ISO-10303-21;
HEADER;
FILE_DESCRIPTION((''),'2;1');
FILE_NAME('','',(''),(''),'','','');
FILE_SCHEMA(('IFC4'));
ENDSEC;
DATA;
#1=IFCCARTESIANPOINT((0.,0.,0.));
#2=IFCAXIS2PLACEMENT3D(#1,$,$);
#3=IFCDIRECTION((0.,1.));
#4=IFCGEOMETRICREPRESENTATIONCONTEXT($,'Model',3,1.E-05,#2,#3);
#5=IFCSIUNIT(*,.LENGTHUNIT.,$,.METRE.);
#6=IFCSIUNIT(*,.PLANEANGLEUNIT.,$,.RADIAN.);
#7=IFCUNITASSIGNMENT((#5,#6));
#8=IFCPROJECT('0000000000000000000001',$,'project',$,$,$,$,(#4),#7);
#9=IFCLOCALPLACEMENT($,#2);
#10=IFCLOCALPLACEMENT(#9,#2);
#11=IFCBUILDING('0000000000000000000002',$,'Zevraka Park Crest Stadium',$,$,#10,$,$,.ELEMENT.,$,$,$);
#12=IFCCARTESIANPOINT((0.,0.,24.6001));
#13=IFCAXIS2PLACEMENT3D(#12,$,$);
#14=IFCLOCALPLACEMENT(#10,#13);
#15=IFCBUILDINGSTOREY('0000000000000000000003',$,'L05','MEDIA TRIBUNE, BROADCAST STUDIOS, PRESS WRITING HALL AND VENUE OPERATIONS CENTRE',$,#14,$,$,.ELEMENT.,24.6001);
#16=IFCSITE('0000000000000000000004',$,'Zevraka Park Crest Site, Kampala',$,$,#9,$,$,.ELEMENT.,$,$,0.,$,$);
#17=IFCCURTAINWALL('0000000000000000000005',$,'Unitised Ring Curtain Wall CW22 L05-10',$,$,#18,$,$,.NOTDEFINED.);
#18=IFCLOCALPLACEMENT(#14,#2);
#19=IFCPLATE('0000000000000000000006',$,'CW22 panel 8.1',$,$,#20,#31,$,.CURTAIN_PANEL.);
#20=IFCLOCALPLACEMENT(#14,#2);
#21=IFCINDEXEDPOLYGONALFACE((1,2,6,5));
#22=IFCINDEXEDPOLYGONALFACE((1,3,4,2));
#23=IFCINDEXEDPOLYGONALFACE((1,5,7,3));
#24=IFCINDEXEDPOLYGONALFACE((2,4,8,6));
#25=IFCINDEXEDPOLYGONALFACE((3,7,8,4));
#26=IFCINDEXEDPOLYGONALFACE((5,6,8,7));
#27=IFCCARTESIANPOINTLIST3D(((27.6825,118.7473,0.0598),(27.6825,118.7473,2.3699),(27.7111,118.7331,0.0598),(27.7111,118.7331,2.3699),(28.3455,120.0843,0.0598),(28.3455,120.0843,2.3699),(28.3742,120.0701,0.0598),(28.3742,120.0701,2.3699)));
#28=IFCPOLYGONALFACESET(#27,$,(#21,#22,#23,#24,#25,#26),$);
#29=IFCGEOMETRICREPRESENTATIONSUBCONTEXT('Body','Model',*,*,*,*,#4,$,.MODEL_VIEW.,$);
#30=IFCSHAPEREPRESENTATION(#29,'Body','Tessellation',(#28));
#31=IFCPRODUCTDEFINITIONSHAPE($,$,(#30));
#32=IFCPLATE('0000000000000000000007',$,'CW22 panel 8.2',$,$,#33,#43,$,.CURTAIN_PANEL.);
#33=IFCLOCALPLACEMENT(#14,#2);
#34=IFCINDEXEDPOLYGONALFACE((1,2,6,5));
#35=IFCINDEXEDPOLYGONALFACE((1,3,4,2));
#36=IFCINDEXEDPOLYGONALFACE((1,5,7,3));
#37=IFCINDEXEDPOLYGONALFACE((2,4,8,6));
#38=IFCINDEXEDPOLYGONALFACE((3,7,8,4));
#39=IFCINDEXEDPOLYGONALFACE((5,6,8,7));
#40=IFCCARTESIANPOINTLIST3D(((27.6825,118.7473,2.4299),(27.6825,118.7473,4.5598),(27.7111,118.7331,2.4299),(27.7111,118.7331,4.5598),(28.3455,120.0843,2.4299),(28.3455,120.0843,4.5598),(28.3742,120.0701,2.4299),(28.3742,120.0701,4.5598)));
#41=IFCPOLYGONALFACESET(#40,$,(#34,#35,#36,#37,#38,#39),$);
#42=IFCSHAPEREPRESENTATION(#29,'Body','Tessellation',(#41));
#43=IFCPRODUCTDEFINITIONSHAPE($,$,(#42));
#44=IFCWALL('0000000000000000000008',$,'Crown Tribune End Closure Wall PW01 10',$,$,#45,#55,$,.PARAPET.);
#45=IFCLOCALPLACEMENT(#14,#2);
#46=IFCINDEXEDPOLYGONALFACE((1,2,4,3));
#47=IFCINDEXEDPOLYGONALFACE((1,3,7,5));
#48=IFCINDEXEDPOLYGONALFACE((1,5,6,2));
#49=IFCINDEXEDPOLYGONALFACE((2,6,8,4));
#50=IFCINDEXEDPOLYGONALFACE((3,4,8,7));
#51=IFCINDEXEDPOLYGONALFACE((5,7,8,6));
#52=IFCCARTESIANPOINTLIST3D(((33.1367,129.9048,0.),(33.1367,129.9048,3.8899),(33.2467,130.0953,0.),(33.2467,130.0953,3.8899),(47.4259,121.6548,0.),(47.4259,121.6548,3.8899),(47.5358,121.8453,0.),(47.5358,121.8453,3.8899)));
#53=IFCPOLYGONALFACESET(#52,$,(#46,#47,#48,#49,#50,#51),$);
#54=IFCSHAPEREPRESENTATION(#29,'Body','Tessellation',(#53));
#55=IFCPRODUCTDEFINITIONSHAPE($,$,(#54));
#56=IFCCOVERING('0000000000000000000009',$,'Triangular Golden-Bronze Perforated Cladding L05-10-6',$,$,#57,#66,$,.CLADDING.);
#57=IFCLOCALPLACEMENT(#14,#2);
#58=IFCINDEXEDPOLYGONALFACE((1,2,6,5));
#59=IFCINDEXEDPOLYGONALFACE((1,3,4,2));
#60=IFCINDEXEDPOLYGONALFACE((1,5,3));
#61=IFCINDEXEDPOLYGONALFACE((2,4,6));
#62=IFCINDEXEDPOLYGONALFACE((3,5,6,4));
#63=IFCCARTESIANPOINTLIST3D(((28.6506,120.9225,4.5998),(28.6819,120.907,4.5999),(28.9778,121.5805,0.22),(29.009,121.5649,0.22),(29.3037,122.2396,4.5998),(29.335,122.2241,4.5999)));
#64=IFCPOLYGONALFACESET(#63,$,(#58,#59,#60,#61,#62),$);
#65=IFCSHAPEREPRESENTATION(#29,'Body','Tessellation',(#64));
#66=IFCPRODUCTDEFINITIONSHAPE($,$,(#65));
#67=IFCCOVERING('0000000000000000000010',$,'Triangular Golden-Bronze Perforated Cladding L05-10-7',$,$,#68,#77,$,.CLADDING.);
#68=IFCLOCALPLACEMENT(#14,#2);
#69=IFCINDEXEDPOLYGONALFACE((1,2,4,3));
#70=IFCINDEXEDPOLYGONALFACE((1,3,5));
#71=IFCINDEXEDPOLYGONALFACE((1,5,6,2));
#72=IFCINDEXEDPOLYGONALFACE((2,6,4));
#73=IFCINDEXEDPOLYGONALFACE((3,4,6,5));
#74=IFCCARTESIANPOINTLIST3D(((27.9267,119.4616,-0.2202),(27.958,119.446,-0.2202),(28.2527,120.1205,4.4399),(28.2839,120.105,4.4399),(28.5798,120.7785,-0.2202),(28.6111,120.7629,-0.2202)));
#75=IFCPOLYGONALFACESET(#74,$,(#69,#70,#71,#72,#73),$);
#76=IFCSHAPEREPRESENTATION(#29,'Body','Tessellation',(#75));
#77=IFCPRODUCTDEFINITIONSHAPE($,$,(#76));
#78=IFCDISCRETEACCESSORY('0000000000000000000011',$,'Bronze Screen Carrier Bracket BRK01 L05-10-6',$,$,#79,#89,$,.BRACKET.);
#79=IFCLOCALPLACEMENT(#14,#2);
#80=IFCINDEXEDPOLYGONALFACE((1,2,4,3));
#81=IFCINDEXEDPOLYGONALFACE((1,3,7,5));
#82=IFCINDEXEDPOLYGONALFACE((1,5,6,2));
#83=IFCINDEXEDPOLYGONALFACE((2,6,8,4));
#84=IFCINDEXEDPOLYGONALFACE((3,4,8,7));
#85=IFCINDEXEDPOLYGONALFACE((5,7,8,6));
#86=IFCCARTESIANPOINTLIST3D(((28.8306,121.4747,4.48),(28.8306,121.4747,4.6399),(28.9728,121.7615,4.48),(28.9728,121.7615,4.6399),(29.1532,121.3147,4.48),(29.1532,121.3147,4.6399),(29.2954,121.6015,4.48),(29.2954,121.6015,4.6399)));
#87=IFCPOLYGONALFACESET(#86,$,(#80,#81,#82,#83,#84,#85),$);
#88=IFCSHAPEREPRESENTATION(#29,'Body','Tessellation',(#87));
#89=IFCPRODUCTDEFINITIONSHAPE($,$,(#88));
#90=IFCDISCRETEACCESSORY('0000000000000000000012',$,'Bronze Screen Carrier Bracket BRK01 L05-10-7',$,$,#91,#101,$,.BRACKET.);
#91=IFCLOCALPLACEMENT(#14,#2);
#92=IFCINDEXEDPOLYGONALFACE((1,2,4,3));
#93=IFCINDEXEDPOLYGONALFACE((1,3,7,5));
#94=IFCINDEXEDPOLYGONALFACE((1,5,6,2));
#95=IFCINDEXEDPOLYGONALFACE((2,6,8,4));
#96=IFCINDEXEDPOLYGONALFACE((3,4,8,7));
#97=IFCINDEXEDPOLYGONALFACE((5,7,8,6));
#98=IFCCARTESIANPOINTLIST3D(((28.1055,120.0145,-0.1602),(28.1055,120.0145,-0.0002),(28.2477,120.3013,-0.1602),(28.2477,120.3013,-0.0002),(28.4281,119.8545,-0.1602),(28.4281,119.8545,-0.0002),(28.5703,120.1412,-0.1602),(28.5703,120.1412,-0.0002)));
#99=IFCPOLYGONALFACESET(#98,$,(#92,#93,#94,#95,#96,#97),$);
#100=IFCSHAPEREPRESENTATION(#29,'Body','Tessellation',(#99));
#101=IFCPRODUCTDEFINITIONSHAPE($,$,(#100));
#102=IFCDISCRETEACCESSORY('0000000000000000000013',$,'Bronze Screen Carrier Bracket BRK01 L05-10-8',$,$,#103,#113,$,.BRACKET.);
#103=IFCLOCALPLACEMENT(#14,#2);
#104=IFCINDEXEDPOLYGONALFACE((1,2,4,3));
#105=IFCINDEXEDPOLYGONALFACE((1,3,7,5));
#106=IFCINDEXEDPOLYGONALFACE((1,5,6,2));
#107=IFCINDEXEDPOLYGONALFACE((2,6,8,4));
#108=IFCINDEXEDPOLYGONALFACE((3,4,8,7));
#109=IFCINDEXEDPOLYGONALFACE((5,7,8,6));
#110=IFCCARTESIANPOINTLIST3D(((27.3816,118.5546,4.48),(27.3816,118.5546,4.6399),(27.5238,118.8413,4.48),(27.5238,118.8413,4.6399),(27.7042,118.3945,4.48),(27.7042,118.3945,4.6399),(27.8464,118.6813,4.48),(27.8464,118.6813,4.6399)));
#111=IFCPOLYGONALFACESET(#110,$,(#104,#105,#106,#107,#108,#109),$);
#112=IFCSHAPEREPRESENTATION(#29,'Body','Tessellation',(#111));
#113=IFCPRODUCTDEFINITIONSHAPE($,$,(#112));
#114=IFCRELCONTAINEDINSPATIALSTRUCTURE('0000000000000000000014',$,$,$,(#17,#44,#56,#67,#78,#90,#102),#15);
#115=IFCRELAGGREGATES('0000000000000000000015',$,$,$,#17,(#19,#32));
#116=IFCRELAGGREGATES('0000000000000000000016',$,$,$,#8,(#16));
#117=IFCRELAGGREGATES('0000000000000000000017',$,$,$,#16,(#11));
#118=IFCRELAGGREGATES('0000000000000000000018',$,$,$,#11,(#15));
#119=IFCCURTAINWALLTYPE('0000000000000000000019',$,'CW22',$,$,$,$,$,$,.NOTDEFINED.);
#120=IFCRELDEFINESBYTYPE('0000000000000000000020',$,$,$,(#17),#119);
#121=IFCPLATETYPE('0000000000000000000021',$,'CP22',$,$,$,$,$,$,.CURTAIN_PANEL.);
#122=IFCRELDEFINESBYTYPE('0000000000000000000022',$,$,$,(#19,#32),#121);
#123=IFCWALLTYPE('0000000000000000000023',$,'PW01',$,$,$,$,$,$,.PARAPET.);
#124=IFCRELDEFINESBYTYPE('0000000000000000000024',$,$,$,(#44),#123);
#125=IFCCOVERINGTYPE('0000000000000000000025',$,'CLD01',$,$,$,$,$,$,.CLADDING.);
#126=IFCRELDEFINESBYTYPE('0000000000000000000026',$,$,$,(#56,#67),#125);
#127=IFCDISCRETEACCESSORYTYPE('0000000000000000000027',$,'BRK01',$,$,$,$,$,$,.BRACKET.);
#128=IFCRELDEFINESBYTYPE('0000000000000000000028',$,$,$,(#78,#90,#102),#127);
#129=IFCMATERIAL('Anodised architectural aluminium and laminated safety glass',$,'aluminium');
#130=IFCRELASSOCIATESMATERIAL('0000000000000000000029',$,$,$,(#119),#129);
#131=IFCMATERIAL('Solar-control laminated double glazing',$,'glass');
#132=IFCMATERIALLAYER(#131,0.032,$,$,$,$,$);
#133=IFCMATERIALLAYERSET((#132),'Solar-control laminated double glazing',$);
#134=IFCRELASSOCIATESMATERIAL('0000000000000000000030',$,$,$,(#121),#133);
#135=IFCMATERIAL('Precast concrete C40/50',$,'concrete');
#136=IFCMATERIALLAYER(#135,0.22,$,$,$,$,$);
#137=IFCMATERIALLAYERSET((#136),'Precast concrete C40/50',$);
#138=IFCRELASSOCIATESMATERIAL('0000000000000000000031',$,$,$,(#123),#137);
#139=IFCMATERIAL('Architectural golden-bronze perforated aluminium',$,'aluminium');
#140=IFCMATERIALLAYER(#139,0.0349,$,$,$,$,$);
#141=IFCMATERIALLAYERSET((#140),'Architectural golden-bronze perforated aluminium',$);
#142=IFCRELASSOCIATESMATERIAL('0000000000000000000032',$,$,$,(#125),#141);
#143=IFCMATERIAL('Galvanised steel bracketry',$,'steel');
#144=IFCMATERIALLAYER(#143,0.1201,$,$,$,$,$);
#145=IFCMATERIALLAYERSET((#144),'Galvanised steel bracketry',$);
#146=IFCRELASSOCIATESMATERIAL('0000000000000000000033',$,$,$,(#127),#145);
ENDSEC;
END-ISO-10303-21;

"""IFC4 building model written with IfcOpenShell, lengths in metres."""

from ifc_helpers import new_model, si_unit, direction, frame, frame_2d, origin, origin_2d, place, context, subcontext, project, spatial, polyline, rectangle, outline, extrude, material, layer, layer_set, type_object, element, aggregate, save


model = new_model("IFC4")

# Units and contexts
model_context = context("Model", 3, precision=1e-05, world=origin(), true_north=direction((0.0, 1.0)))
body_context = subcontext(model_context, "Body", "Model", "MODEL_VIEW")
ifc_project = project(units=[si_unit("LENGTHUNIT", "METRE"), si_unit("PLANEANGLEUNIT", "RADIAN")], contexts=[model_context])

# Site, building, storey
site_placement = place(None, origin())
site = spatial("IfcSite", under=ifc_project, at=site_placement, Name="Zevraka Park Crest Site, Kampala", CompositionType="ELEMENT", RefElevation=0.0)
building_placement = place(site_placement, origin())
building = spatial("IfcBuilding", under=site, at=building_placement, Name="Zevraka Park Crest Stadium", CompositionType="ELEMENT")
storey_placement = place(building_placement, frame((0.0, 0.0, 24.6001)))
storey = spatial("IfcBuildingStorey", under=building, at=storey_placement, Name="L05", Description="MEDIA TRIBUNE, BROADCAST STUDIOS, PRESS WRITING HALL AND VENUE OPERATIONS CENTRE", CompositionType="ELEMENT", Elevation=24.6001)

# Curtain wall
ifc_material_1 = material(Name="Anodised architectural aluminium and laminated safety glass", Category="aluminium")
curtain_wall_type = type_object("IfcCurtainWallType", Name="CW22", PredefinedType="NOTDEFINED", material=ifc_material_1)
curtain_wall_placement = place(storey_placement, origin())
curtain_wall = element("IfcCurtainWall", 1, at=curtain_wall_placement, inside=storey, type_object=curtain_wall_type, Name="Unitised Ring Curtain Wall CW22 L05-10", PredefinedType="NOTDEFINED")

# Plates
ifc_material_2 = material(Name="Solar-control laminated double glazing", Category="glass")
ifc_layer_1 = layer(ifc_material_2, 0.032)
ifc_layer_set_1 = layer_set([ifc_layer_1], Name="Solar-control laminated double glazing")
plate_type = type_object("IfcPlateType", Name="CP22", PredefinedType="CURTAIN_PANEL", material=ifc_layer_set_1)
plate_1_placement = place(storey_placement, frame((28.0283, 119.4087, 0.0598), z_axis=(0.0, 0.0, 1.0), x_axis=(-0.444297, -0.895879, 0.0)))
plate_1 = element("IfcPlate", 2, at=plate_1_placement, type_object=plate_type, Name="CW22 panel 8.1", PredefinedType="CURTAIN_PANEL", context=body_context, shape_type="SweptSolid", body=[
    extrude(rectangle(XDim=1.4924, YDim=0.032, at=origin_2d()), origin(), (0.0, 0.0, 1.0), 2.3101),
])
plate_2_placement = place(storey_placement, frame((28.0283, 119.4087, 2.4299), z_axis=(0.0, 0.0, 1.0), x_axis=(-0.444297, -0.895879, 0.0)))
plate_2 = element("IfcPlate", 3, at=plate_2_placement, type_object=plate_type, Name="CW22 panel 8.2", PredefinedType="CURTAIN_PANEL", context=body_context, shape_type="SweptSolid", body=[
    extrude(rectangle(XDim=1.4924, YDim=0.032, at=origin_2d()), origin(), (0.0, 0.0, 1.0), 2.1299),
])
aggregate(curtain_wall, [plate_1, plate_2])

# Wall
ifc_material_3 = material(Name="Precast concrete C40/50", Category="concrete")
ifc_layer_2 = layer(ifc_material_3, 0.22)
ifc_layer_set_2 = layer_set([ifc_layer_2], Name="Precast concrete C40/50")
wall_type = type_object("IfcWallType", Name="PW01", PredefinedType="PARAPET", material=ifc_layer_set_2)
wall_placement = place(storey_placement, frame((47.481, 121.75, 0.0), z_axis=(0.0, 0.0, 1.0), x_axis=(-0.86602, 0.500009, 0.0)))
element("IfcWall", 4, at=wall_placement, inside=storey, type_object=wall_type, Name="Crown Tribune End Closure Wall PW01 10", PredefinedType="PARAPET", context=body_context, shape_type="SweptSolid", body=[
    extrude(rectangle(XDim=16.4998, YDim=0.22, at=frame_2d((8.25, 0.0))), origin(), (0.0, 0.0, 1.0), 3.8899),
])

# Coverings
ifc_material_4 = material(Name="Architectural golden-bronze perforated aluminium", Category="aluminium")
ifc_layer_3 = layer(ifc_material_4, 0.0349)
ifc_layer_set_3 = layer_set([ifc_layer_3], Name="Architectural golden-bronze perforated aluminium")
covering_type = type_object("IfcCoveringType", Name="CLD01", PredefinedType="CLADDING", material=ifc_layer_set_3)
covering_1_placement = place(storey_placement, frame((28.6819, 120.907, 4.5999), z_axis=(0.895917, -0.444222, 0.000187), x_axis=(0.444222, 0.895917, 0.0)))
element("IfcCovering", 5, at=covering_1_placement, inside=storey, type_object=covering_type, Name="Triangular Golden-Bronze Perforated Cladding L05-10-6", PredefinedType="CLADDING", context=body_context, shape_type="SweptSolid", body=[
    extrude(outline(polyline([(0.0, 0.0), (1.4702, 0.0), (0.7348, -4.3799), (0.0, 0.0)])), origin(), (0.0, 0.0, -1.0), 0.0349),
])
covering_2_placement = place(storey_placement, frame((28.6111, 120.7629, -0.2202), z_axis=(0.895884, -0.444288, 0.000164), x_axis=(-0.444288, -0.895884, 0.0)))
element("IfcCovering", 6, at=covering_2_placement, inside=storey, type_object=covering_type, Name="Triangular Golden-Bronze Perforated Cladding L05-10-7", PredefinedType="CLADDING", context=body_context, shape_type="SweptSolid", body=[
    extrude(outline(polyline([(0.0, 0.0), (1.4699, 0.0), (0.7348, -4.6602), (0.0, 0.0)])), origin(), (0.0, 0.0, -1.0), 0.0349),
])

# Discrete accessories
ifc_material_5 = material(Name="Galvanised steel bracketry", Category="steel")
ifc_layer_4 = layer(ifc_material_5, 0.1201)
ifc_layer_set_4 = layer_set([ifc_layer_4], Name="Galvanised steel bracketry")
discrete_accessory_type = type_object("IfcDiscreteAccessoryType", Name="BRK01", PredefinedType="BRACKET", material=ifc_layer_set_4)
for number, where, z_axis, x_axis, name in (
    (7, (29.063, 121.5381, 4.48), (0.0, 0.0, 1.0), (-0.444322, -0.895867, 0.0), "Bronze Screen Carrier Bracket BRK01 L05-10-6"),
    (8, (28.3379, 120.0779, -0.1602), (0.0, 0.0, 1.0), (-0.444322, -0.895867, 0.0), "Bronze Screen Carrier Bracket BRK01 L05-10-7"),
    (9, (27.614, 118.6179, 4.48), (0.0, 0.0, 1.0), (-0.444322, -0.895867, 0.0), "Bronze Screen Carrier Bracket BRK01 L05-10-8"),
):
    element("IfcDiscreteAccessory", number, at=place(storey_placement, frame(where, z_axis=z_axis, x_axis=x_axis)), inside=storey, type_object=discrete_accessory_type, Name=name, PredefinedType="BRACKET", context=body_context, shape_type="SweptSolid", body=[
        extrude(rectangle(XDim=0.3201, YDim=0.3601, at=origin_2d()), origin(), (0.0, 0.0, 1.0), 0.1599),
    ])

save(model, "model.ifc")
